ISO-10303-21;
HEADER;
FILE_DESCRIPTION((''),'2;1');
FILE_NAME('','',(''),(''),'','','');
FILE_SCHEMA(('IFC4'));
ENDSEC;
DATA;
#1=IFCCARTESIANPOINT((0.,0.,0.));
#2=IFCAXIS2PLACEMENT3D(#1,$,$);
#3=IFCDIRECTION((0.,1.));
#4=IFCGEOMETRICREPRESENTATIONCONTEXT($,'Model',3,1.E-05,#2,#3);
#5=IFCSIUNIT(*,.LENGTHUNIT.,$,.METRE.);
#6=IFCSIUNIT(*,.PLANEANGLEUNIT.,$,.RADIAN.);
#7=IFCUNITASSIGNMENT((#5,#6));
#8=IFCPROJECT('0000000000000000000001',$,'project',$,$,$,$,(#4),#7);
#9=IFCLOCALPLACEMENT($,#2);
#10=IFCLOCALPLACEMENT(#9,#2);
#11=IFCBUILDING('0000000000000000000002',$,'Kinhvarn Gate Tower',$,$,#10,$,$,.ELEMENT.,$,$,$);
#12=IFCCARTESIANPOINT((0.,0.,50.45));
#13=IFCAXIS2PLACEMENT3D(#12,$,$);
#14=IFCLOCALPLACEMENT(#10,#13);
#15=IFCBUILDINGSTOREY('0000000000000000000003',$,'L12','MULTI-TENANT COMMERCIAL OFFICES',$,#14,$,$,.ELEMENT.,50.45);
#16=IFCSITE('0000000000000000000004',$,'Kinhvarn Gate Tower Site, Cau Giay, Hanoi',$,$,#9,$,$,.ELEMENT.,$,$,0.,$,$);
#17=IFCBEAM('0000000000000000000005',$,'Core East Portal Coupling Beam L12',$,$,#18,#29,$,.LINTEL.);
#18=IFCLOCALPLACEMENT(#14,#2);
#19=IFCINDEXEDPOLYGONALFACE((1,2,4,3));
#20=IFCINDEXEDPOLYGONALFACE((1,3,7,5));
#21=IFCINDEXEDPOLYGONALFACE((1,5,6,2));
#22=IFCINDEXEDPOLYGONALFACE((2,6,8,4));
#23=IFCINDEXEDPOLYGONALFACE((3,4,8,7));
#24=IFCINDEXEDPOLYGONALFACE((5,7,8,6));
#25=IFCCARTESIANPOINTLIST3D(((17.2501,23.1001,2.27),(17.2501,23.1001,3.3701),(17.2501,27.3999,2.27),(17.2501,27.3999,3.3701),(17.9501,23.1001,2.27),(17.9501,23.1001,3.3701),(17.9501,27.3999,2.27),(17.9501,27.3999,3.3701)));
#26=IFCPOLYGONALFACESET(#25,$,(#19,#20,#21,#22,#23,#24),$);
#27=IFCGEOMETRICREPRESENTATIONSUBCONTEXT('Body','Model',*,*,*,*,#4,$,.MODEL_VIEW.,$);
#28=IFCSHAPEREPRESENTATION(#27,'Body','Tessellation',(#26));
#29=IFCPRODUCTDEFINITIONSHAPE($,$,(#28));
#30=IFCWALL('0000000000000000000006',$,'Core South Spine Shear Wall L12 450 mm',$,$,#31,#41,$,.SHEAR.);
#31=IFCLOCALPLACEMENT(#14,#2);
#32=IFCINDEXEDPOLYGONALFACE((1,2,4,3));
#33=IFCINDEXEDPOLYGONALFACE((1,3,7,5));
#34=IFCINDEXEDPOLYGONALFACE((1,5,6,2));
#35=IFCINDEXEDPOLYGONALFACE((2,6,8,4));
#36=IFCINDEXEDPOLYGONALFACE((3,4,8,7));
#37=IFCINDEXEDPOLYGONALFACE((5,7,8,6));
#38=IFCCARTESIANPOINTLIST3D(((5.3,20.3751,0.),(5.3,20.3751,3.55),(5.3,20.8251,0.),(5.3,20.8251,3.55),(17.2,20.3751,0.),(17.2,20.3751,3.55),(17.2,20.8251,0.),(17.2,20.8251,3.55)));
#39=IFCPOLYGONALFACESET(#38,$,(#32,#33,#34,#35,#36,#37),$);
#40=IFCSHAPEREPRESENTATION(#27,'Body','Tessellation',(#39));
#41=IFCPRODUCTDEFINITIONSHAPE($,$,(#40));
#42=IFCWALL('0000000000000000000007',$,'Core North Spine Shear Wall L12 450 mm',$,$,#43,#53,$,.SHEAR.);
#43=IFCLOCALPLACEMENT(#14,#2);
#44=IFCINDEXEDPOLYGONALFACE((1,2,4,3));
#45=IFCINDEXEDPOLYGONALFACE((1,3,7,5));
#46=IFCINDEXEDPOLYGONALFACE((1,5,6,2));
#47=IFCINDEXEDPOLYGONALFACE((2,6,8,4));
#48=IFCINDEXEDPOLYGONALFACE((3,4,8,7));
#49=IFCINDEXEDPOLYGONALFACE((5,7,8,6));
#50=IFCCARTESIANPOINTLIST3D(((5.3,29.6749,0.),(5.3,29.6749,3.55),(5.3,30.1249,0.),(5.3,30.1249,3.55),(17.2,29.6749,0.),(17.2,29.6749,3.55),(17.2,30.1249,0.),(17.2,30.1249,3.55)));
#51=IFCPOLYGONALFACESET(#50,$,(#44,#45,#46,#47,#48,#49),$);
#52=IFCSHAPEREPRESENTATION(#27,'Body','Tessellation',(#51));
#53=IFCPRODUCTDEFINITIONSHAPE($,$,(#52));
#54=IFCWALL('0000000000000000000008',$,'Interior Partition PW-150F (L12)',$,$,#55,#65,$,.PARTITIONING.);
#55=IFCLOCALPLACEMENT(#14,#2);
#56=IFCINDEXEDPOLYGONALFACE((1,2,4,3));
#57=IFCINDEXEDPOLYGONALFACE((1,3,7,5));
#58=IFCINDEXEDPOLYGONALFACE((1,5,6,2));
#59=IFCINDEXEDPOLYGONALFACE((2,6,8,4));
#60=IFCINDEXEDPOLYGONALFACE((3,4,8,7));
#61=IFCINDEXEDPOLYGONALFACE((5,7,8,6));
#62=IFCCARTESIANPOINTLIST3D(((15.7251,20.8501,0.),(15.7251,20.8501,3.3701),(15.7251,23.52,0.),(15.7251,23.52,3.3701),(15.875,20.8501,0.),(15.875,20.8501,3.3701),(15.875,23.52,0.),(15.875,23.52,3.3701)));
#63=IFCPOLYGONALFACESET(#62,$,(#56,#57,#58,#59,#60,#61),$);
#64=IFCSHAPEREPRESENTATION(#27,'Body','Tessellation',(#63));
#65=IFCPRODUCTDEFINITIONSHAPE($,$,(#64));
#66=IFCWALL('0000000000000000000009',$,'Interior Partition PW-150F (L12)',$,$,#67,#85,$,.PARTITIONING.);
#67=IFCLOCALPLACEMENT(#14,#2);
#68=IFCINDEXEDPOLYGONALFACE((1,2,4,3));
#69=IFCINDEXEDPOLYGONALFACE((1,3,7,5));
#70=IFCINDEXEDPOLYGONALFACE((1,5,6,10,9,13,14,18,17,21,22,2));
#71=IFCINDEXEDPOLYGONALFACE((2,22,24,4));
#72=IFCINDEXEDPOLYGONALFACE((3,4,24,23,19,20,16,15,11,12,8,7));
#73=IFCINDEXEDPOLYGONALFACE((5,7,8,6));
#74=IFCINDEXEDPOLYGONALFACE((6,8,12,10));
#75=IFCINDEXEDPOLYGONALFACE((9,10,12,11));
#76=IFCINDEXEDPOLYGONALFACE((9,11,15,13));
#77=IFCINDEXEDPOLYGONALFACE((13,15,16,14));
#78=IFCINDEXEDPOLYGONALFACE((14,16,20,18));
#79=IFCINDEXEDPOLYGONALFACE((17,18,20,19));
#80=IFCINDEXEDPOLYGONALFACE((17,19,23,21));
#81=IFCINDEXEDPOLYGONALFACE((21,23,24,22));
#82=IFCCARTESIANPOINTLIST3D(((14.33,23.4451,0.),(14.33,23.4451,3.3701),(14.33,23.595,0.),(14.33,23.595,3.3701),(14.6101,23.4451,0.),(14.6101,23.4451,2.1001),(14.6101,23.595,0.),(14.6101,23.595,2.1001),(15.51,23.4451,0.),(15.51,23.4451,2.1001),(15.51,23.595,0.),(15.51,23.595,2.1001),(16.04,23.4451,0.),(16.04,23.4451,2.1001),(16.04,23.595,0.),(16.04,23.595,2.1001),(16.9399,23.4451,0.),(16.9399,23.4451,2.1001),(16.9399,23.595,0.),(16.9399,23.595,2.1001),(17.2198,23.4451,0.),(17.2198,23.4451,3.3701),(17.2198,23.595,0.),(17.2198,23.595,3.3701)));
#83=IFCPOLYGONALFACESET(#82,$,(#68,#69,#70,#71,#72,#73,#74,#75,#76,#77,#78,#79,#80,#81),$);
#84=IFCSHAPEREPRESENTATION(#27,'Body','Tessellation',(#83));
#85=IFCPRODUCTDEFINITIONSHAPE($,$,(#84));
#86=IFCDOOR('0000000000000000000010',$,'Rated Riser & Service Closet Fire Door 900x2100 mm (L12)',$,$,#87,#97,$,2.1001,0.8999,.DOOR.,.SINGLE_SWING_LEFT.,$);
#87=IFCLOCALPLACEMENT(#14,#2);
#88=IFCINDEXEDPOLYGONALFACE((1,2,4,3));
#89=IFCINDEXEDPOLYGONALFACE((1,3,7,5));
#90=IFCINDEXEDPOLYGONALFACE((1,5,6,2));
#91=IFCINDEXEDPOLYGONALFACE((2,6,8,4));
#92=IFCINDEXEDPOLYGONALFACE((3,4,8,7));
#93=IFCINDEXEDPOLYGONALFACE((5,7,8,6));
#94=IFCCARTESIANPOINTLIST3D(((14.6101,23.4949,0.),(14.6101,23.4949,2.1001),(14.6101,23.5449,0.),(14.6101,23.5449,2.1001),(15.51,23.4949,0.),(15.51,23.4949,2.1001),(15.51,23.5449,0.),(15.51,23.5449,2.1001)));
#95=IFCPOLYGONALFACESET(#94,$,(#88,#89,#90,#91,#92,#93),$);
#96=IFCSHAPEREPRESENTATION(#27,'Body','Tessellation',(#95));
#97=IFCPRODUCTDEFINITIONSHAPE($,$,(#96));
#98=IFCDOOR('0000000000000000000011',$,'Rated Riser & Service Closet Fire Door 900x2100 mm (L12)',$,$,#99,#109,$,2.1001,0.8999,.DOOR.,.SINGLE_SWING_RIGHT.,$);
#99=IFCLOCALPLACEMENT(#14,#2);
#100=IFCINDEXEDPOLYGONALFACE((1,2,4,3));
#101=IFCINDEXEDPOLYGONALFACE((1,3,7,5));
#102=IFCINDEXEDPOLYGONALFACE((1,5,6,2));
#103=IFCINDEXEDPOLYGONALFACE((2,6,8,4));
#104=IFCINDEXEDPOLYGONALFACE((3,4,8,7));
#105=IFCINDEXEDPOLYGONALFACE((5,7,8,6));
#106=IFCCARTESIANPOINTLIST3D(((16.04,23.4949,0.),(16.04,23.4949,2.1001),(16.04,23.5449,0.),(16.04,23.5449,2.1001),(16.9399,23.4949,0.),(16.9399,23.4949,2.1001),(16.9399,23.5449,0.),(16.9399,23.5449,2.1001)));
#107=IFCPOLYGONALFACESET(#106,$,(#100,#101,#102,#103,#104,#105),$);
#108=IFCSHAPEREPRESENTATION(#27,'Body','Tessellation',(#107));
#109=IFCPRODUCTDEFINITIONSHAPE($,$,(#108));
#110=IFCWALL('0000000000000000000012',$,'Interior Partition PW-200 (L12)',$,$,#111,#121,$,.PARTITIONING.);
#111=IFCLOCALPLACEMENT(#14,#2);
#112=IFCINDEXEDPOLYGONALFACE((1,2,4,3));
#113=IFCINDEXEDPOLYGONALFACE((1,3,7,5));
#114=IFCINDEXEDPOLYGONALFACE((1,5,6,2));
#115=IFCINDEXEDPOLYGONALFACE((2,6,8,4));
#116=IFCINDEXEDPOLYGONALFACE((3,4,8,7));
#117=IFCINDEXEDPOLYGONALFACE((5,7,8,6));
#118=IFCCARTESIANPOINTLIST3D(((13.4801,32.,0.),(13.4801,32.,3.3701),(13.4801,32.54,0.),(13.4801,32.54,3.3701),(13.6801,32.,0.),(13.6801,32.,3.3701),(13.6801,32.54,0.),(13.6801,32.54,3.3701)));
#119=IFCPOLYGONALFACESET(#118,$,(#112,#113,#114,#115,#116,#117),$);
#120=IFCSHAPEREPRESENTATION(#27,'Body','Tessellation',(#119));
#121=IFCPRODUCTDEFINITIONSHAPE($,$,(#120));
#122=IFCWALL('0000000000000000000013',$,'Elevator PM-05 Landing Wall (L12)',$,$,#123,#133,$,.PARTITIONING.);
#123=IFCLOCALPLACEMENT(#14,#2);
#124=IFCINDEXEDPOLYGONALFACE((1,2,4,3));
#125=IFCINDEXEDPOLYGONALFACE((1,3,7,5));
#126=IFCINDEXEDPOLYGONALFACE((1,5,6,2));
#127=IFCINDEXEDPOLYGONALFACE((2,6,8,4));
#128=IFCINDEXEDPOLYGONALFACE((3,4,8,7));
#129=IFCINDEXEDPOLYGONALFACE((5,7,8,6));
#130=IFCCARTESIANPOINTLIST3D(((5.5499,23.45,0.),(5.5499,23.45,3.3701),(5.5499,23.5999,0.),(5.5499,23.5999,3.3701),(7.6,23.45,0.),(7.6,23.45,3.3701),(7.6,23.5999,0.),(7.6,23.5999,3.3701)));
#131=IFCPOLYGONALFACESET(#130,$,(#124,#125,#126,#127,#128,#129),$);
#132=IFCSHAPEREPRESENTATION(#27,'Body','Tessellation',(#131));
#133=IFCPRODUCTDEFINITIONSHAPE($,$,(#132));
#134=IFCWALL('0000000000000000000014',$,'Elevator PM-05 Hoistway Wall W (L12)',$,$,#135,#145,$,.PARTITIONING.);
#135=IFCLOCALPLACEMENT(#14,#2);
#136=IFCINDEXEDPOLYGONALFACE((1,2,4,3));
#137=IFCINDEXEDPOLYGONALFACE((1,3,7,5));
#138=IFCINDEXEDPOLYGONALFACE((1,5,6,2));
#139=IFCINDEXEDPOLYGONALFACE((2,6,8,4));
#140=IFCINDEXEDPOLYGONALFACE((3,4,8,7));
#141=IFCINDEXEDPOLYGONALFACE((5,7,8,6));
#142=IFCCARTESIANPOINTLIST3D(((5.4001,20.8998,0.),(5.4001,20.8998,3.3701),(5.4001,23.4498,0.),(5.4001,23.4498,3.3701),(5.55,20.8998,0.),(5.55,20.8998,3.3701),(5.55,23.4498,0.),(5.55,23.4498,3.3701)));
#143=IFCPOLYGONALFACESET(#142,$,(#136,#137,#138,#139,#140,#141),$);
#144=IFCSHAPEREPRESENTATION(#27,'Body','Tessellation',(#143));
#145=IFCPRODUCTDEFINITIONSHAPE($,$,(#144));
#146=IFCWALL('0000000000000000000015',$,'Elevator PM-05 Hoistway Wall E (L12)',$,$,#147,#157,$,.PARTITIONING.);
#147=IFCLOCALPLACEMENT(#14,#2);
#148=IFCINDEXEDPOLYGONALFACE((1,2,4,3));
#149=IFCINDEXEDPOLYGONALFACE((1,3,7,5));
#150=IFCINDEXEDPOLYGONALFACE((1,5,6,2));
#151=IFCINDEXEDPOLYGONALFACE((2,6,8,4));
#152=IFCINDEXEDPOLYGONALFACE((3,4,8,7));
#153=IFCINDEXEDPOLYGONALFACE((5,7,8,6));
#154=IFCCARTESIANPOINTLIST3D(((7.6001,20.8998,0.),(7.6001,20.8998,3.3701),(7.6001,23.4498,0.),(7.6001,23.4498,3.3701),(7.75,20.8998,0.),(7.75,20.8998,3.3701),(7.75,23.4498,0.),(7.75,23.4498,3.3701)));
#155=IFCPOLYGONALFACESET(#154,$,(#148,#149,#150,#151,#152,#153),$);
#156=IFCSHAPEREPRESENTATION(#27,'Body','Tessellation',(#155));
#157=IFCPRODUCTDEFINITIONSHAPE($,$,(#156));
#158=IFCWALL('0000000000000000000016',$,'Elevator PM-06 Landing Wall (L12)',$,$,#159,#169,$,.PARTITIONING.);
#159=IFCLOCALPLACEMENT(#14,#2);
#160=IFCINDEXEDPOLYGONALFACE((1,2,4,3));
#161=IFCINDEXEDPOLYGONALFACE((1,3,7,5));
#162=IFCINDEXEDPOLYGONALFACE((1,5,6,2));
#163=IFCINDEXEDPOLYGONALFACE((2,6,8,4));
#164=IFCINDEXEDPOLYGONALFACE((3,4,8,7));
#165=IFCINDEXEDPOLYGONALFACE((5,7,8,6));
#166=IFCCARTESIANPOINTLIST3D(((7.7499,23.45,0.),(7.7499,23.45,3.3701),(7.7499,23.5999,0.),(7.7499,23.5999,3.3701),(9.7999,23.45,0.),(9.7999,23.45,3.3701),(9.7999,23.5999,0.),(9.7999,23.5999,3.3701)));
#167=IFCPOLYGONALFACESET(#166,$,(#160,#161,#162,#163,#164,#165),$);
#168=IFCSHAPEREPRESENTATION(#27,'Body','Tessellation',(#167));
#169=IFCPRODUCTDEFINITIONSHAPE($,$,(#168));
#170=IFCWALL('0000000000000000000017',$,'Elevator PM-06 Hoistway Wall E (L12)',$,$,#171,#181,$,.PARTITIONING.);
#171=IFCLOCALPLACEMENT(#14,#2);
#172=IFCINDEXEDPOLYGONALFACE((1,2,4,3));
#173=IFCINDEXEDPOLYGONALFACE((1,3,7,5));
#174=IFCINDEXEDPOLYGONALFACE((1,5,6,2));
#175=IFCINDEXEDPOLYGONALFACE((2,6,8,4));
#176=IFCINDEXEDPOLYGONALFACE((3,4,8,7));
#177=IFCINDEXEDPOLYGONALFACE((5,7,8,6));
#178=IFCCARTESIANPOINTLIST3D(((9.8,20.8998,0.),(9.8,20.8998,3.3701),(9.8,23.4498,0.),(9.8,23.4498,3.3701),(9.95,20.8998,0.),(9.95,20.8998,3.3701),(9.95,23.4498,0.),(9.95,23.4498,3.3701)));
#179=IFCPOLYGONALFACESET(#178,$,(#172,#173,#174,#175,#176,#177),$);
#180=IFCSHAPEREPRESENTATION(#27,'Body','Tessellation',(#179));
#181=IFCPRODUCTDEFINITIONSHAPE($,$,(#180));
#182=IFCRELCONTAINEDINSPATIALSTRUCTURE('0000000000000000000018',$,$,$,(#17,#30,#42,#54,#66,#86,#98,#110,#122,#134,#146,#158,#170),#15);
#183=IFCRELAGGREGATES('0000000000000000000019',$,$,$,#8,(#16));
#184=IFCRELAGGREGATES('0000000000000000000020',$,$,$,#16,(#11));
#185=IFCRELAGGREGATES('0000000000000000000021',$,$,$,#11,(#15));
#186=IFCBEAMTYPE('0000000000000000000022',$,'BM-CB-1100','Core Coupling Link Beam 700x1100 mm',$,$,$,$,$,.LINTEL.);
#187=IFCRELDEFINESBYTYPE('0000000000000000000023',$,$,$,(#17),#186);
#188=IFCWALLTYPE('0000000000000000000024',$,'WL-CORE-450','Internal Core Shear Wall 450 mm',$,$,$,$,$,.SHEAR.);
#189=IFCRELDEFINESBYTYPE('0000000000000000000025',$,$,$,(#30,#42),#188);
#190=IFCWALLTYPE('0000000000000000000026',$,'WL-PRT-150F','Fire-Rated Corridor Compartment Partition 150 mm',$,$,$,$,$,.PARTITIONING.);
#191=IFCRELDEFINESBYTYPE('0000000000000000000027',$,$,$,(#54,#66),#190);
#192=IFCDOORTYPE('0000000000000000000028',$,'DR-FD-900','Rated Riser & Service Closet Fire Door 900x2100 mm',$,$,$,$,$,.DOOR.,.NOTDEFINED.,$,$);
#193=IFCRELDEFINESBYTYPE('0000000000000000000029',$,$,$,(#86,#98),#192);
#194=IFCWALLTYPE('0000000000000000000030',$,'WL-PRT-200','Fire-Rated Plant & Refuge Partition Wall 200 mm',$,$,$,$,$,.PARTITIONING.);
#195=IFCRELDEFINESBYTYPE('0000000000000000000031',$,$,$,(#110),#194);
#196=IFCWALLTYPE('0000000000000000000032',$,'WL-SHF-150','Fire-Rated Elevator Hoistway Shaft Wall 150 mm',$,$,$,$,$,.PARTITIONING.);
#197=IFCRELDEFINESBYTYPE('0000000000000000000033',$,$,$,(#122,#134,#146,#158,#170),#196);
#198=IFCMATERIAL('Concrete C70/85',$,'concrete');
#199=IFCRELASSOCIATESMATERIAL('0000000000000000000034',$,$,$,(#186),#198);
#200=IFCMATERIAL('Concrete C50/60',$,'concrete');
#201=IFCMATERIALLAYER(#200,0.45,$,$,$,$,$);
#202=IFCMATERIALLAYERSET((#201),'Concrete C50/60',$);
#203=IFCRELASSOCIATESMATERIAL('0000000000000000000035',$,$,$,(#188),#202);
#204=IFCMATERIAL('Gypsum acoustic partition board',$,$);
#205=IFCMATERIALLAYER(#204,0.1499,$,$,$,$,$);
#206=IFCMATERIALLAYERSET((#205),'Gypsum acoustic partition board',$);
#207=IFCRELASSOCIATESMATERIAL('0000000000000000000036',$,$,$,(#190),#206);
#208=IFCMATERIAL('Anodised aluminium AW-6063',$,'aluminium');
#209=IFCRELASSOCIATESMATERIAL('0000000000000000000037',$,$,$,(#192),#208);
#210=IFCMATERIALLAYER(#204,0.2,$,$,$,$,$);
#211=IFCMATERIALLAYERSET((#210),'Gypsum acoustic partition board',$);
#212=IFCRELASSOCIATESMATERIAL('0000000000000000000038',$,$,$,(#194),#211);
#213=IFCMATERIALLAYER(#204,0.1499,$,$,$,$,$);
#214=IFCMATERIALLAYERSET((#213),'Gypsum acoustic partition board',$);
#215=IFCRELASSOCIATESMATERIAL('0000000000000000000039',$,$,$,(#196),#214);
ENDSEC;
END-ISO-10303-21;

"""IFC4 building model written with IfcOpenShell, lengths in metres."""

from ifc_helpers import new_model, si_unit, direction, frame, frame_2d, origin, origin_2d, place, context, subcontext, project, spatial, rectangle, extrude, material, layer, layer_set, material_profile, profile_set, type_object, element, fill, save


model = new_model("IFC4")

# Units and contexts
model_context = context("Model", 3, precision=1e-05, world=origin(), true_north=direction((0.0, 1.0)))
body_context = subcontext(model_context, "Body", "Model", "MODEL_VIEW")
ifc_project = project(units=[si_unit("LENGTHUNIT", "METRE"), si_unit("PLANEANGLEUNIT", "RADIAN")], contexts=[model_context])

# Site, building, storey
site_placement = place(None, origin())
site = spatial("IfcSite", under=ifc_project, at=site_placement, Name="Kinhvarn Gate Tower Site, Cau Giay, Hanoi", CompositionType="ELEMENT", RefElevation=0.0)
building_placement = place(site_placement, origin())
building = spatial("IfcBuilding", under=site, at=building_placement, Name="Kinhvarn Gate Tower", CompositionType="ELEMENT")
storey_placement = place(building_placement, frame((0.0, 0.0, 50.45)))
storey = spatial("IfcBuildingStorey", under=building, at=storey_placement, Name="L12", Description="MULTI-TENANT COMMERCIAL OFFICES", CompositionType="ELEMENT", Elevation=50.45)

# Beam
ifc_material_1 = material(Name="Concrete C70/85", Category="concrete")
ifc_material_profile = material_profile(ifc_material_1, rectangle(XDim=0.7, YDim=1.1001, at=origin_2d()), Name="RC 700x1100")
ifc_profile_set = profile_set([ifc_material_profile], Name="Concrete C70/85")
beam_type = type_object("IfcBeamType", Name="BM-CB-1100", Description="Core Coupling Link Beam 700x1100 mm", PredefinedType="LINTEL", material=ifc_profile_set)
beam_placement = place(storey_placement, frame((17.6001, 23.1001, 2.8201), z_axis=(0.0, 1.0, 0.0), x_axis=(-1.0, 0.0, 0.0)))
element("IfcBeam", 1, at=beam_placement, inside=storey, type_object=beam_type, Name="Core East Portal Coupling Beam L12", PredefinedType="LINTEL", context=body_context, shape_type="SweptSolid", body=[
    extrude(rectangle(XDim=0.7, YDim=1.1001, at=origin_2d()), origin(), (0.0, 0.0, 1.0), 4.2998),
])

# Walls
ifc_material_2 = material(Name="Concrete C50/60", Category="concrete")
ifc_layer_1 = layer(ifc_material_2, 0.45)
ifc_layer_set_1 = layer_set([ifc_layer_1], Name="Concrete C50/60")
wall_type_1 = type_object("IfcWallType", Name="WL-CORE-450", Description="Internal Core Shear Wall 450 mm", PredefinedType="SHEAR", material=ifc_layer_set_1)
for number, where, z_axis, x_axis, name in (
    (2, (5.3, 20.6001, 0.0), (0.0, 0.0, 1.0), (1.0, 0.0, 0.0), "Core South Spine Shear Wall L12 450 mm"),
    (3, (5.3, 29.8999, 0.0), (0.0, 0.0, 1.0), (1.0, 0.0, 0.0), "Core North Spine Shear Wall L12 450 mm"),
):
    element("IfcWall", number, at=place(storey_placement, frame(where, z_axis=z_axis, x_axis=x_axis)), inside=storey, type_object=wall_type_1, Name=name, PredefinedType="SHEAR", context=body_context, shape_type="SweptSolid", body=[
        extrude(rectangle(XDim=11.8999, YDim=0.45, at=frame_2d((5.95, 0.0))), origin(), (0.0, 0.0, 1.0), 3.55),
    ])

# Shared definitions
ifc_material_3 = material(Name="Anodised aluminium AW-6063", Category="aluminium")

# Wall
ifc_material_4 = material(Name="Gypsum acoustic partition board")
ifc_layer_2 = layer(ifc_material_4, 0.1499)
ifc_layer_set_2 = layer_set([ifc_layer_2], Name="Gypsum acoustic partition board")
wall_type_2 = type_object("IfcWallType", Name="WL-PRT-150F", Description="Fire-Rated Corridor Compartment Partition 150 mm", PredefinedType="PARTITIONING", material=ifc_layer_set_2)
wall_1_placement = place(storey_placement, frame((15.8, 20.8501, 0.0), z_axis=(0.0, 0.0, 1.0), x_axis=(0.0, 1.0, 0.0)))
element("IfcWall", 4, at=wall_1_placement, inside=storey, type_object=wall_type_2, Name="Interior Partition PW-150F (L12)", PredefinedType="PARTITIONING", context=body_context, shape_type="SweptSolid", body=[
    extrude(rectangle(XDim=2.6699, YDim=0.1499, at=frame_2d((1.335, 0.0))), origin(), (0.0, 0.0, 1.0), 3.3701),
])

# Wall, openings, doors
wall_2_placement = place(storey_placement, frame((14.3301, 23.52, 0.0), z_axis=(0.0, 0.0, 1.0), x_axis=(1.0, 0.0, 0.0)))
wall_2 = element("IfcWall", 5, at=wall_2_placement, inside=storey, type_object=wall_type_2, Name="Interior Partition PW-150F (L12)", PredefinedType="PARTITIONING", context=body_context, shape_type="SweptSolid", body=[
    extrude(rectangle(XDim=2.8899, YDim=0.1499, at=frame_2d((1.4448, 0.0))), origin(), (0.0, 0.0, 1.0), 3.3701),
])
opening_1_placement = place(wall_2_placement, frame((0.28, 0.0, 0.0)))
opening_1 = element("IfcOpeningElement", 6, at=opening_1_placement, cuts=wall_2, PredefinedType="OPENING", context=body_context, shape_type="SweptSolid", body=[
    extrude(rectangle(XDim=0.8999, YDim=2.1001, at=frame_2d((0.45, 1.05))), frame((0.0, 0.085, 0.0), z_axis=(0.0, -1.0, 0.0), x_axis=(1.0, 0.0, 0.0)), (0.0, 0.0, 1.0), 0.1699),
])
opening_2_placement = place(wall_2_placement, frame((1.71, 0.0, 0.0)))
opening_2 = element("IfcOpeningElement", 7, at=opening_2_placement, cuts=wall_2, PredefinedType="OPENING", context=body_context, shape_type="SweptSolid", body=[
    extrude(rectangle(XDim=0.8999, YDim=2.1001, at=frame_2d((0.45, 1.05))), frame((0.0, 0.085, 0.0), z_axis=(0.0, -1.0, 0.0), x_axis=(1.0, 0.0, 0.0)), (0.0, 0.0, 1.0), 0.1699),
])
door_type_1 = type_object("IfcDoorType", Name="DR-FD-900", Description="Rated Riser & Service Closet Fire Door 900x2100 mm", OperationType="NOTDEFINED", PredefinedType="DOOR", material=ifc_material_3)
door_1_placement = place(opening_1_placement, origin())
door_1 = element("IfcDoor", 8, at=door_1_placement, inside=storey, type_object=door_type_1, Name="Rated Riser & Service Closet Fire Door 900x2100 mm (L12)", OperationType="SINGLE_SWING_LEFT", OverallHeight=2.1001, OverallWidth=0.8999, PredefinedType="DOOR", context=body_context, shape_type="SweptSolid", body=[
    extrude(rectangle(XDim=0.8999, YDim=2.1001, at=frame_2d((0.45, 1.05))), frame((0.0, 0.0249, 0.0), z_axis=(0.0, -1.0, 0.0), x_axis=(1.0, 0.0, 0.0)), (0.0, 0.0, 1.0), 0.05),
])
fill(opening_1, door_1)
door_2_placement = place(opening_2_placement, origin())
door_2 = element("IfcDoor", 9, at=door_2_placement, inside=storey, type_object=door_type_1, Name="Rated Riser & Service Closet Fire Door 900x2100 mm (L12)", OperationType="SINGLE_SWING_RIGHT", OverallHeight=2.1001, OverallWidth=0.8999, PredefinedType="DOOR", context=body_context, shape_type="SweptSolid", body=[
    extrude(rectangle(XDim=0.8999, YDim=2.1001, at=frame_2d((0.45, 1.05))), frame((0.0, 0.0249, 0.0), z_axis=(0.0, -1.0, 0.0), x_axis=(1.0, 0.0, 0.0)), (0.0, 0.0, 1.0), 0.05),
])
fill(opening_2, door_2)

# Walls
ifc_layer_3 = layer(ifc_material_4, 0.2)
ifc_layer_set_3 = layer_set([ifc_layer_3], Name="Gypsum acoustic partition board")
wall_type_3 = type_object("IfcWallType", Name="WL-PRT-200", Description="Fire-Rated Plant & Refuge Partition Wall 200 mm", PredefinedType="PARTITIONING", material=ifc_layer_set_3)
wall_3_placement = place(storey_placement, frame((13.5801, 32.0, 0.0), z_axis=(0.0, 0.0, 1.0), x_axis=(0.0, 1.0, 0.0)))
element("IfcWall", 10, at=wall_3_placement, inside=storey, type_object=wall_type_3, Name="Interior Partition PW-200 (L12)", PredefinedType="PARTITIONING", context=body_context, shape_type="SweptSolid", body=[
    extrude(rectangle(XDim=0.54, YDim=0.2, at=frame_2d((0.27, 0.0))), origin(), (0.0, 0.0, 1.0), 3.3701),
])
ifc_layer_4 = layer(ifc_material_4, 0.1499)
ifc_layer_set_4 = layer_set([ifc_layer_4], Name="Gypsum acoustic partition board")
wall_type_4 = type_object("IfcWallType", Name="WL-SHF-150", Description="Fire-Rated Elevator Hoistway Shaft Wall 150 mm", PredefinedType="PARTITIONING", material=ifc_layer_set_4)
wall_4_placement = place(storey_placement, frame((5.55, 23.5249, 0.0), z_axis=(0.0, 0.0, 1.0), x_axis=(1.0, 0.0, 0.0)))
element("IfcWall", 11, at=wall_4_placement, inside=storey, type_object=wall_type_4, Name="Elevator PM-05 Landing Wall (L12)", PredefinedType="PARTITIONING", context=body_context, shape_type="SweptSolid", body=[
    extrude(rectangle(XDim=2.05, YDim=0.1499, at=frame_2d((1.0249, 0.0))), origin(), (0.0, 0.0, 1.0), 3.3701),
])
for number, where, z_axis, x_axis, name in (
    (12, (5.4751, 20.8999, 0.0), (0.0, 0.0, 1.0), (0.0, 1.0, 0.0), "Elevator PM-05 Hoistway Wall W (L12)"),
    (13, (7.675, 20.8999, 0.0), (0.0, 0.0, 1.0), (0.0, 1.0, 0.0), "Elevator PM-05 Hoistway Wall E (L12)"),
):
    element("IfcWall", number, at=place(storey_placement, frame(where, z_axis=z_axis, x_axis=x_axis)), inside=storey, type_object=wall_type_4, Name=name, PredefinedType="PARTITIONING", context=body_context, shape_type="SweptSolid", body=[
        extrude(rectangle(XDim=2.55, YDim=0.1499, at=frame_2d((1.2749, 0.0))), origin(), (0.0, 0.0, 1.0), 3.3701),
    ])
wall_5_placement = place(storey_placement, frame((7.75, 23.5249, 0.0), z_axis=(0.0, 0.0, 1.0), x_axis=(1.0, 0.0, 0.0)))
element("IfcWall", 14, at=wall_5_placement, inside=storey, type_object=wall_type_4, Name="Elevator PM-06 Landing Wall (L12)", PredefinedType="PARTITIONING", context=body_context, shape_type="SweptSolid", body=[
    extrude(rectangle(XDim=2.05, YDim=0.1499, at=frame_2d((1.0249, 0.0))), origin(), (0.0, 0.0, 1.0), 3.3701),
])
wall_6_placement = place(storey_placement, frame((9.875, 20.8999, 0.0), z_axis=(0.0, 0.0, 1.0), x_axis=(0.0, 1.0, 0.0)))
element("IfcWall", 15, at=wall_6_placement, inside=storey, type_object=wall_type_4, Name="Elevator PM-06 Hoistway Wall E (L12)", PredefinedType="PARTITIONING", context=body_context, shape_type="SweptSolid", body=[
    extrude(rectangle(XDim=2.55, YDim=0.1499, at=frame_2d((1.2749, 0.0))), origin(), (0.0, 0.0, 1.0), 3.3701),
])

save(model, "model.ifc")
